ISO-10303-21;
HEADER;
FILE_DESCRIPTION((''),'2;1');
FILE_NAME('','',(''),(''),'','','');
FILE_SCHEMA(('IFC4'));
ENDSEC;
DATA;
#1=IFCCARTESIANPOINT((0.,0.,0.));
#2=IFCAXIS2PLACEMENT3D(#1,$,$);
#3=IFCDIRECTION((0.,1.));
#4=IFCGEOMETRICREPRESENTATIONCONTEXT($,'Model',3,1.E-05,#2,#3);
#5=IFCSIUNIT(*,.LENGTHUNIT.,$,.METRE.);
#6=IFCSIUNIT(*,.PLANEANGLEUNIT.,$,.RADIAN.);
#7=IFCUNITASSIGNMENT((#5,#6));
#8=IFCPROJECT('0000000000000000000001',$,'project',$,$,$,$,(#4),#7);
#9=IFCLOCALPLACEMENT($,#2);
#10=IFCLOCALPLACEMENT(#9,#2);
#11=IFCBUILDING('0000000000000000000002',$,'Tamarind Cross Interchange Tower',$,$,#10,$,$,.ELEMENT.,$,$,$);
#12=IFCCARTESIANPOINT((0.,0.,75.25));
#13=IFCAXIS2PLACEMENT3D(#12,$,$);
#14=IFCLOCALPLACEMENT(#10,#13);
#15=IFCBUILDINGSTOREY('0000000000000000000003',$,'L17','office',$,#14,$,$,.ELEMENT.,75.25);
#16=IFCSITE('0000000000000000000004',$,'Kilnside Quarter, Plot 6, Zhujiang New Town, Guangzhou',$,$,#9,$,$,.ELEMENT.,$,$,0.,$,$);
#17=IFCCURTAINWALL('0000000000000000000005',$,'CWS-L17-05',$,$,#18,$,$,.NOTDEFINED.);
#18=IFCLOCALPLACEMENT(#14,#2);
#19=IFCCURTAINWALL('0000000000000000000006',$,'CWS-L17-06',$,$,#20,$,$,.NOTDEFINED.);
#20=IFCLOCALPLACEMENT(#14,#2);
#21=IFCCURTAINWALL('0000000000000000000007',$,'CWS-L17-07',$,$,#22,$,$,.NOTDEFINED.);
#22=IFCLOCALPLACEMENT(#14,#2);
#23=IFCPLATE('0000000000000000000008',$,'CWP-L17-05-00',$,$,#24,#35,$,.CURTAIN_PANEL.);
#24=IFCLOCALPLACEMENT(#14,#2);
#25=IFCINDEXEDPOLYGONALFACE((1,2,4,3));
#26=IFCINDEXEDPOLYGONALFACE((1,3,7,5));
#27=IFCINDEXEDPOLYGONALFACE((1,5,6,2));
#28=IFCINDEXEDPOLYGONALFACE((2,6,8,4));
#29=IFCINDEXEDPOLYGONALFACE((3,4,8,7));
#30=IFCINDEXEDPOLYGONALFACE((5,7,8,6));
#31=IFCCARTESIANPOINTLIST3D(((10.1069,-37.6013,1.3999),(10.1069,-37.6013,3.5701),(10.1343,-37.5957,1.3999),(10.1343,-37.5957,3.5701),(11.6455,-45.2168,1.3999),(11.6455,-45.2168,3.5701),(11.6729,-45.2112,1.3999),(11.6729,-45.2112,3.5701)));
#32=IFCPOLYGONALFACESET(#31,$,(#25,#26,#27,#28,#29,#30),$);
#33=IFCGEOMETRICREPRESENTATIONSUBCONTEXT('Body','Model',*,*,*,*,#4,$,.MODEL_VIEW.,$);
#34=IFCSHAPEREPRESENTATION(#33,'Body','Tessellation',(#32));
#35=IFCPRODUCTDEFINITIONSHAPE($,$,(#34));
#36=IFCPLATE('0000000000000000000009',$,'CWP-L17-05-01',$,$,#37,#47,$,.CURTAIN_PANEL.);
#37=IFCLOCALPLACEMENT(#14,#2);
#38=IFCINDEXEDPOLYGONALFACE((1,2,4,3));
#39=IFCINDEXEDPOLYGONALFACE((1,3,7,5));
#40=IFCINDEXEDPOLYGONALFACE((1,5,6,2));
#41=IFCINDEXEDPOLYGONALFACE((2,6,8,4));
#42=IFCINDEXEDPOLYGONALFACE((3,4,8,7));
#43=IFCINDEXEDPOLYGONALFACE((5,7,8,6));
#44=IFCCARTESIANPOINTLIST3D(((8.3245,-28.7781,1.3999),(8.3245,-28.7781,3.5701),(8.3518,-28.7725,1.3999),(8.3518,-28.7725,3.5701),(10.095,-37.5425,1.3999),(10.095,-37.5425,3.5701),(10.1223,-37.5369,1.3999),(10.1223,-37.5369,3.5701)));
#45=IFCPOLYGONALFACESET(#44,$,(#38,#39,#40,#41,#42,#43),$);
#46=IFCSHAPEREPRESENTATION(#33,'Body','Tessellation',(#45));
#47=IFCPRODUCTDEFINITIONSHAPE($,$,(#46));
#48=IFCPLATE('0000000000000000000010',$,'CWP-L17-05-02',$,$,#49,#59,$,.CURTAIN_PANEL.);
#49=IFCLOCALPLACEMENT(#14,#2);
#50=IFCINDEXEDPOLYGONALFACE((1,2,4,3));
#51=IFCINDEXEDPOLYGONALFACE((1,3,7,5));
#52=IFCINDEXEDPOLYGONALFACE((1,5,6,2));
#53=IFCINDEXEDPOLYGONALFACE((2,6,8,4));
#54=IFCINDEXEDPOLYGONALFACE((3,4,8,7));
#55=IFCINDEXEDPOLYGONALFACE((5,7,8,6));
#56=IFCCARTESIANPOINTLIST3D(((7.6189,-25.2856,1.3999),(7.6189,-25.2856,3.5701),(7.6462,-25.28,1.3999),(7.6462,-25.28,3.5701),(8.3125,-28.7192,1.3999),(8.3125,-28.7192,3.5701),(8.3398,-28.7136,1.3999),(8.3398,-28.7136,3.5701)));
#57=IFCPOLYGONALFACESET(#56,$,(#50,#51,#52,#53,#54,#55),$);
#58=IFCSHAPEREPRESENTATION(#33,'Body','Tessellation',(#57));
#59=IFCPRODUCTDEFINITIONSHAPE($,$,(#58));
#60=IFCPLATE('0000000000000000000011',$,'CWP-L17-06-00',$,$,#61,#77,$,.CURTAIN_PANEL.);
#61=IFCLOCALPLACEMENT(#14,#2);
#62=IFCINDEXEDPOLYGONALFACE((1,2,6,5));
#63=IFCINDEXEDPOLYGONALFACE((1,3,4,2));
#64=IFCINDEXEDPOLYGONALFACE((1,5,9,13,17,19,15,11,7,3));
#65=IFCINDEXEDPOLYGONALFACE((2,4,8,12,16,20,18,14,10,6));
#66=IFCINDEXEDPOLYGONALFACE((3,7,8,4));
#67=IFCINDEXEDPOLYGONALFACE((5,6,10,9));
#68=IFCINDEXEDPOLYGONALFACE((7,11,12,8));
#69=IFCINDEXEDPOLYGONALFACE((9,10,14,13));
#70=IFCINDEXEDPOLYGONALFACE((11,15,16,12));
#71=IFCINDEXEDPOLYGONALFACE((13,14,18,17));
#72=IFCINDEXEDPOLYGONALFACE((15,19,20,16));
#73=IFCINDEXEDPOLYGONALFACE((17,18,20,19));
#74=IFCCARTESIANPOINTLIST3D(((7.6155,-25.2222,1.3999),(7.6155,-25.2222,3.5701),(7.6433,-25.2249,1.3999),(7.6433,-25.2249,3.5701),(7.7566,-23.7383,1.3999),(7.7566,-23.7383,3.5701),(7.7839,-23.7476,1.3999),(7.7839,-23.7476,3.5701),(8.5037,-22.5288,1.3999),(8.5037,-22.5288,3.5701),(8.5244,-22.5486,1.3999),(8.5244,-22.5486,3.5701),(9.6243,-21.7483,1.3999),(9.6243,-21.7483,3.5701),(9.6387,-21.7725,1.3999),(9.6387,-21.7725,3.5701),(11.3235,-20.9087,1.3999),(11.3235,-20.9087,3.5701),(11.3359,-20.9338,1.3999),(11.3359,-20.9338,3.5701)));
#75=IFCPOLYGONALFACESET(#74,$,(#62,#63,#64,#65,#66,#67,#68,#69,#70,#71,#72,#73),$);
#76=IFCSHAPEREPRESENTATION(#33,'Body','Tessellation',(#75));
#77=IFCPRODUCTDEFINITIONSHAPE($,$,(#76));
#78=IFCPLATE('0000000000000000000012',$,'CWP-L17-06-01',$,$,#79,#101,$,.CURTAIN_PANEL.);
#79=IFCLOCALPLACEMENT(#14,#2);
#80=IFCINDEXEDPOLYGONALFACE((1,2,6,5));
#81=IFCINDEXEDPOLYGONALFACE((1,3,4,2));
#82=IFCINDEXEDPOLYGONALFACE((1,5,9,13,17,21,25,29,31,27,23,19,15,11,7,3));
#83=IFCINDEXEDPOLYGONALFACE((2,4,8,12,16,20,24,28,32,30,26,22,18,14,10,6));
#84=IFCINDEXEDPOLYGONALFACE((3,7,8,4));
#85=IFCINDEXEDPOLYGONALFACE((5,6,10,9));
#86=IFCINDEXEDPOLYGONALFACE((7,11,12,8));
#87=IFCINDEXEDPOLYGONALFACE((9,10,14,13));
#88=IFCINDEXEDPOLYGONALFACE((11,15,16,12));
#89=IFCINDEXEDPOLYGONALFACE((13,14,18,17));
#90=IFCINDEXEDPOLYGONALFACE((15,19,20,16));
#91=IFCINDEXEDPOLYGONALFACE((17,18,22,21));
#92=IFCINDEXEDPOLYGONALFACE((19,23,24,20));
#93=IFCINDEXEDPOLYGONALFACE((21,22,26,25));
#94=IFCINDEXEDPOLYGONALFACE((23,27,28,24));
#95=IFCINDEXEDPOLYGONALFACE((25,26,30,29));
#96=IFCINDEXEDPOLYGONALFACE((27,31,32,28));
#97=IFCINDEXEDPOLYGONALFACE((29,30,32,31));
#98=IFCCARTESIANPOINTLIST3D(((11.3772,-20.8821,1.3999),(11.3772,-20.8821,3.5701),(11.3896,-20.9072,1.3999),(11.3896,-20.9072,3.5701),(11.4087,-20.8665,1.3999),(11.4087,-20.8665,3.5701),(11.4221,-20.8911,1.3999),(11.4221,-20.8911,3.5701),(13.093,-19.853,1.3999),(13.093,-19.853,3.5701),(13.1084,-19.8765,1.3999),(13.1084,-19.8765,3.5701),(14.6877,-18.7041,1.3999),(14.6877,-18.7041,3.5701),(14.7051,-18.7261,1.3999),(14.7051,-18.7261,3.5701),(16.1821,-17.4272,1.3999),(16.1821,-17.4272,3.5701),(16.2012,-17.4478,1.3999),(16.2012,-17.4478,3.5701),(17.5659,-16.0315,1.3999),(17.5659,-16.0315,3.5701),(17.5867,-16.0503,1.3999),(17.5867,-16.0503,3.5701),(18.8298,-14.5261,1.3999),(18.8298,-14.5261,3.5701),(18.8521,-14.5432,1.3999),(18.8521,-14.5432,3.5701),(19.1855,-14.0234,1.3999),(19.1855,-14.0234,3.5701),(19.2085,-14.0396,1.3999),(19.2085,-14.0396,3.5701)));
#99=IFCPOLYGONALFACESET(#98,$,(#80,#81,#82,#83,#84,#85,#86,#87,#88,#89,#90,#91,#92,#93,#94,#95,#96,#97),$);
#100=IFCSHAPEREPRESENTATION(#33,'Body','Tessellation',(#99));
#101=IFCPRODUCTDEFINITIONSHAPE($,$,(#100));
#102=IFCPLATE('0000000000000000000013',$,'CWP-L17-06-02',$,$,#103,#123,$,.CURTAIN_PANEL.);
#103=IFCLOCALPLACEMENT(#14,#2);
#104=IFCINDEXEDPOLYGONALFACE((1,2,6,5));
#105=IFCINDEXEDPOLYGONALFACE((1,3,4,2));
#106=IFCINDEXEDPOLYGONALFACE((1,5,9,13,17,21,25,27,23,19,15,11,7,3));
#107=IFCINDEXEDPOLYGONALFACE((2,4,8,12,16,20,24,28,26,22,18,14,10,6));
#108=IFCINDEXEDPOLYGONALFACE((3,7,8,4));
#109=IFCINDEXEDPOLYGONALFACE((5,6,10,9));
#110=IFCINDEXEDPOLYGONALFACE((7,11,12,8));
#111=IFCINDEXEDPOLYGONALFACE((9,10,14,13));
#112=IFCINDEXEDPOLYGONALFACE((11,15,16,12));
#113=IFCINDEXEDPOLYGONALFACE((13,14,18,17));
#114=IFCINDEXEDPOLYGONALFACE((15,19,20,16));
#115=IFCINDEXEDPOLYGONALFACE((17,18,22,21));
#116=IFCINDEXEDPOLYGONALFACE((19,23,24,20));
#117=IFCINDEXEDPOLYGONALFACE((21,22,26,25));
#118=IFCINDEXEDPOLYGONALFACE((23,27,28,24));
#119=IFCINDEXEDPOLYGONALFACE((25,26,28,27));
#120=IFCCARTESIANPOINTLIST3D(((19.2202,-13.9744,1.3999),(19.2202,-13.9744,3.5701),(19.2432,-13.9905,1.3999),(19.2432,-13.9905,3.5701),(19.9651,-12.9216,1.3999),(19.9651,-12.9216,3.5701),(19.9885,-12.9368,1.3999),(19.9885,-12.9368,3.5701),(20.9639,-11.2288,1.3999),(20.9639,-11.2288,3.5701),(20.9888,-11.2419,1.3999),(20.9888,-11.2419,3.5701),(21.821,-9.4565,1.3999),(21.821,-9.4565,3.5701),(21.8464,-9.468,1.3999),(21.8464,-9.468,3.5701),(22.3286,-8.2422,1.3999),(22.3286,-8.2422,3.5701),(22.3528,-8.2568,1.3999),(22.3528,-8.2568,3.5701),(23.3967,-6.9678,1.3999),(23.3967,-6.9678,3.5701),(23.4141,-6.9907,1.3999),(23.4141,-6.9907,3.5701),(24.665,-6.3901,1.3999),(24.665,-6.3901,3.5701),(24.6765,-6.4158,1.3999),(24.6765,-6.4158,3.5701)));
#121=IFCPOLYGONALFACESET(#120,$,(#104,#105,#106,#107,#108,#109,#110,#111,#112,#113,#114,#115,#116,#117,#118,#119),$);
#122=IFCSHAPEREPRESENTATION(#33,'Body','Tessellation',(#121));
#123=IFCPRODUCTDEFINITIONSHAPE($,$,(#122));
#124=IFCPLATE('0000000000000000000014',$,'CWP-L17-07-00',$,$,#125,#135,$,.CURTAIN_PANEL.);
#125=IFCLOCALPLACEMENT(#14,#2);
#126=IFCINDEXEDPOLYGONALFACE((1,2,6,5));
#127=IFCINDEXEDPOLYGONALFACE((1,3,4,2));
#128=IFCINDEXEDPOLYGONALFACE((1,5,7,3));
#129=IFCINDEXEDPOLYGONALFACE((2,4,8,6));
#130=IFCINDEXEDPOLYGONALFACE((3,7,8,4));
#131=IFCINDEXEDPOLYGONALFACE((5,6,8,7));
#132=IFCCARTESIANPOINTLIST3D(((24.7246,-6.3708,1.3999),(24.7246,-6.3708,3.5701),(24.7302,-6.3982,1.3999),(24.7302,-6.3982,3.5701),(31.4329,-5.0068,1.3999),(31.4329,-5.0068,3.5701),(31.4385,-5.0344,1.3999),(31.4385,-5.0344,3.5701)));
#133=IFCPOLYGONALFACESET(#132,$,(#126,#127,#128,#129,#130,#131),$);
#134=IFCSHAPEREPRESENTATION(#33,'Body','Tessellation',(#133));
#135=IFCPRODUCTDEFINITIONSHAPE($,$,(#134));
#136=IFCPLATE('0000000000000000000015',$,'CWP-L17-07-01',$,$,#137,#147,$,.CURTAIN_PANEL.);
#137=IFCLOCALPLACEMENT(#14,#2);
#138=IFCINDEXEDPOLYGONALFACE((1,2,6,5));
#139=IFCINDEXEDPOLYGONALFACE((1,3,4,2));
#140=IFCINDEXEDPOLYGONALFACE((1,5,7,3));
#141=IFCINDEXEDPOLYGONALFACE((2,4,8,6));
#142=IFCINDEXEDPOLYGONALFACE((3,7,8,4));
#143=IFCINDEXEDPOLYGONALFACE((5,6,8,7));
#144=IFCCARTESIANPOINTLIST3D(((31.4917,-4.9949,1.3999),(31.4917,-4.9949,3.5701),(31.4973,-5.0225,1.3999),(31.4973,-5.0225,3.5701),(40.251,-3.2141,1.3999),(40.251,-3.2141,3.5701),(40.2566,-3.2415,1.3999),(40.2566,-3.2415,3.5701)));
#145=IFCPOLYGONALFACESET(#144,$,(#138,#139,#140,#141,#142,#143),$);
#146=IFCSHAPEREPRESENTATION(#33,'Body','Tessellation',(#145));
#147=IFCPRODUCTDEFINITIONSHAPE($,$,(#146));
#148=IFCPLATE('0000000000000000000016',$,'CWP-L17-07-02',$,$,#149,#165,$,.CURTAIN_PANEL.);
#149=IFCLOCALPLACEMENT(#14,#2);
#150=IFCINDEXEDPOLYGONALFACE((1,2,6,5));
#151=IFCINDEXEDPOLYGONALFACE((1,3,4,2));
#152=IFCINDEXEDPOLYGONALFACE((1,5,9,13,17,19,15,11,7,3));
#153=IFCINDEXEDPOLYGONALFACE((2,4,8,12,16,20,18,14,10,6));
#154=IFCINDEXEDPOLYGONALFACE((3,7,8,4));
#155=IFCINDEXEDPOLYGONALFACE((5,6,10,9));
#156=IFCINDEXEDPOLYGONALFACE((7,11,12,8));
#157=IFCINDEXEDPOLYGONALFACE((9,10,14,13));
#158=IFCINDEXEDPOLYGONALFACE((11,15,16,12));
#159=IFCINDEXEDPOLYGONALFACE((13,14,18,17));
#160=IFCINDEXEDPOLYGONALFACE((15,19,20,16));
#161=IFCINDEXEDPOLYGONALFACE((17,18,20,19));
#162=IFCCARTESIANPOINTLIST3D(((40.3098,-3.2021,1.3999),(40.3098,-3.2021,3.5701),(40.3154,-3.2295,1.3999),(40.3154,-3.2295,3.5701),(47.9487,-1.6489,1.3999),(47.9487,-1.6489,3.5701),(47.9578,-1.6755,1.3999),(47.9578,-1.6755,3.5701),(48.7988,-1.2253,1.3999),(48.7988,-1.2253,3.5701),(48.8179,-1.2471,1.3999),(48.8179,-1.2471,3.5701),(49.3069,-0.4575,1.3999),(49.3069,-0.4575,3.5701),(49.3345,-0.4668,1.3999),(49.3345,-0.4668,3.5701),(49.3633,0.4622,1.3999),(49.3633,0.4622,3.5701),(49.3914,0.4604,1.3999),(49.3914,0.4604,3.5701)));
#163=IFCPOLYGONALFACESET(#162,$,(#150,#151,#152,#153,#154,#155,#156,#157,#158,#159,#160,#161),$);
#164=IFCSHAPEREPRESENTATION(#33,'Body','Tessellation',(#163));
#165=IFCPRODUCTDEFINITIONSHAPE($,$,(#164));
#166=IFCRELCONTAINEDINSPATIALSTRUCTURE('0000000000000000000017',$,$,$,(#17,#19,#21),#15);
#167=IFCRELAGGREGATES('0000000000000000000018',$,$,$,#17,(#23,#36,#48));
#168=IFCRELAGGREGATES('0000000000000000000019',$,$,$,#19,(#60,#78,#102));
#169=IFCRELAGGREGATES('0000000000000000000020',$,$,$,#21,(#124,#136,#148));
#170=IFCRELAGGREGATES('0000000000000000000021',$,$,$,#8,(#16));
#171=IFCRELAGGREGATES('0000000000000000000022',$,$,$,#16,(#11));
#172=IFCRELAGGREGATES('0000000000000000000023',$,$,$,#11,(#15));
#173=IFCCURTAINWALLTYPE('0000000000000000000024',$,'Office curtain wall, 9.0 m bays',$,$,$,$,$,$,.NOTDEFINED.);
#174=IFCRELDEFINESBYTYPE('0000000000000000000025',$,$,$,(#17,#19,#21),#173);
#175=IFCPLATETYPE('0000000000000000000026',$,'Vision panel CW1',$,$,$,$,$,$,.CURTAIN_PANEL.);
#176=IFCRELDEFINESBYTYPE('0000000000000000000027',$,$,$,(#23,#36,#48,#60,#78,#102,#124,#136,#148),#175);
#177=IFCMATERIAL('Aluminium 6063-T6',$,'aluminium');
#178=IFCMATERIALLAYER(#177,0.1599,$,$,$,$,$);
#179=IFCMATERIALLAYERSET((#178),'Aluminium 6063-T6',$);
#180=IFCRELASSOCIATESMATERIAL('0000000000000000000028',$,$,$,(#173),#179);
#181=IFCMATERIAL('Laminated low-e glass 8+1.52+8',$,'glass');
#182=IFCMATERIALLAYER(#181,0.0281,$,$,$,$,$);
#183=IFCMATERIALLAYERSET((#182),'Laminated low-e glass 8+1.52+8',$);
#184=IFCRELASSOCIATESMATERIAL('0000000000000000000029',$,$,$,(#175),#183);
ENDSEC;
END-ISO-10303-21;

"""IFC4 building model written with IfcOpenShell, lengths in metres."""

from ifc_helpers import new_model, si_unit, direction, frame, origin, place, context, subcontext, project, spatial, polyline, outline, extrude, material, layer, layer_set, type_object, element, aggregate, save


model = new_model("IFC4")

# Units and contexts
model_context = context("Model", 3, precision=1e-05, world=origin(), true_north=direction((0.0, 1.0)))
body_context = subcontext(model_context, "Body", "Model", "MODEL_VIEW")
ifc_project = project(units=[si_unit("LENGTHUNIT", "METRE"), si_unit("PLANEANGLEUNIT", "RADIAN")], contexts=[model_context])

# Site, building, storey
site_placement = place(None, origin())
site = spatial("IfcSite", under=ifc_project, at=site_placement, Name="Kilnside Quarter, Plot 6, Zhujiang New Town, Guangzhou", CompositionType="ELEMENT", RefElevation=0.0)
building_placement = place(site_placement, origin())
building = spatial("IfcBuilding", under=site, at=building_placement, Name="Tamarind Cross Interchange Tower", CompositionType="ELEMENT")
storey_placement = place(building_placement, frame((0.0, 0.0, 75.25)))
storey = spatial("IfcBuildingStorey", under=building, at=storey_placement, Name="L17", Description="office", CompositionType="ELEMENT", Elevation=75.25)

# Curtain walls
ifc_material_1 = material(Name="Aluminium 6063-T6", Category="aluminium")
ifc_layer_1 = layer(ifc_material_1, 0.1599)
ifc_layer_set_1 = layer_set([ifc_layer_1], Name="Aluminium 6063-T6")
curtain_wall_type = type_object("IfcCurtainWallType", Name="Office curtain wall, 9.0 m bays", PredefinedType="NOTDEFINED", material=ifc_layer_set_1)
curtain_wall_1_placement = place(storey_placement, origin())
curtain_wall_1 = element("IfcCurtainWall", 1, at=curtain_wall_1_placement, inside=storey, type_object=curtain_wall_type, Name="CWS-L17-05", PredefinedType="NOTDEFINED")
curtain_wall_2_placement = place(storey_placement, origin())
curtain_wall_2 = element("IfcCurtainWall", 2, at=curtain_wall_2_placement, inside=storey, type_object=curtain_wall_type, Name="CWS-L17-06", PredefinedType="NOTDEFINED")
curtain_wall_3_placement = place(storey_placement, origin())
curtain_wall_3 = element("IfcCurtainWall", 3, at=curtain_wall_3_placement, inside=storey, type_object=curtain_wall_type, Name="CWS-L17-07", PredefinedType="NOTDEFINED")

# Plates
ifc_material_2 = material(Name="Laminated low-e glass 8+1.52+8", Category="glass")
ifc_layer_2 = layer(ifc_material_2, 0.0281)
ifc_layer_set_2 = layer_set([ifc_layer_2], Name="Laminated low-e glass 8+1.52+8")
plate_type = type_object("IfcPlateType", Name="Vision panel CW1", PredefinedType="CURTAIN_PANEL", material=ifc_layer_set_2)
plate_1_placement = place(storey_placement, frame((0.0, 0.0, 1.3999)))
plate_1 = element("IfcPlate", 4, at=plate_1_placement, type_object=plate_type, Name="CWP-L17-05-00", PredefinedType="CURTAIN_PANEL", context=body_context, shape_type="SweptSolid", body=[
    extrude(outline(polyline([(11.6455, -45.2168), (10.1069, -37.6013), (10.1343, -37.5957), (11.6729, -45.2112), (11.6455, -45.2168)])), origin(), (0.0, 0.0, 1.0), 2.1702),
])
plate_2_placement = place(storey_placement, frame((0.0, 0.0, 1.3999)))
plate_2 = element("IfcPlate", 5, at=plate_2_placement, type_object=plate_type, Name="CWP-L17-05-01", PredefinedType="CURTAIN_PANEL", context=body_context, shape_type="SweptSolid", body=[
    extrude(outline(polyline([(10.095, -37.5425), (8.3245, -28.7781), (8.3518, -28.7725), (10.1223, -37.5369), (10.095, -37.5425)])), origin(), (0.0, 0.0, 1.0), 2.1702),
])
plate_3_placement = place(storey_placement, frame((0.0, 0.0, 1.3999)))
plate_3 = element("IfcPlate", 6, at=plate_3_placement, type_object=plate_type, Name="CWP-L17-05-02", PredefinedType="CURTAIN_PANEL", context=body_context, shape_type="SweptSolid", body=[
    extrude(outline(polyline([(8.3125, -28.7192), (7.6189, -25.2856), (7.6462, -25.28), (8.3398, -28.7136), (8.3125, -28.7192)])), origin(), (0.0, 0.0, 1.0), 2.1702),
])
aggregate(curtain_wall_1, [plate_1, plate_2, plate_3])
plate_4_placement = place(storey_placement, frame((0.0, 0.0, 1.3999)))
plate_4 = element("IfcPlate", 7, at=plate_4_placement, type_object=plate_type, Name="CWP-L17-06-00", PredefinedType="CURTAIN_PANEL", context=body_context, shape_type="SweptSolid", body=[
    extrude(outline(polyline([(7.6155, -25.2222), (7.7566, -23.7383), (8.5037, -22.5288), (9.6243, -21.7483), (11.3235, -20.9087), (11.3359, -20.9338), (9.6387, -21.7725), (8.5244, -22.5486), (7.7839, -23.7476), (7.6433, -25.2249), (7.6155, -25.2222)])), origin(), (0.0, 0.0, 1.0), 2.1702),
])
plate_5_placement = place(storey_placement, frame((0.0, 0.0, 1.3999)))
plate_5 = element("IfcPlate", 8, at=plate_5_placement, type_object=plate_type, Name="CWP-L17-06-01", PredefinedType="CURTAIN_PANEL", context=body_context, shape_type="SweptSolid", body=[
    extrude(outline(polyline([(11.3772, -20.8821), (11.4087, -20.8665), (13.093, -19.853), (14.6877, -18.7041), (16.1821, -17.4272), (17.5659, -16.0315), (18.8298, -14.5261), (19.1855, -14.0234), (19.2085, -14.0396), (18.8521, -14.5432), (17.5867, -16.0503), (16.2012, -17.4478), (14.7051, -18.7261), (13.1084, -19.8765), (11.4221, -20.8911), (11.3896, -20.9072), (11.3772, -20.8821)])), origin(), (0.0, 0.0, 1.0), 2.1702),
])
plate_6_placement = place(storey_placement, frame((0.0, 0.0, 1.3999)))
plate_6 = element("IfcPlate", 9, at=plate_6_placement, type_object=plate_type, Name="CWP-L17-06-02", PredefinedType="CURTAIN_PANEL", context=body_context, shape_type="SweptSolid", body=[
    extrude(outline(polyline([(19.2202, -13.9744), (19.9651, -12.9216), (20.9639, -11.2288), (21.821, -9.4565), (22.3286, -8.2422), (23.3967, -6.9678), (24.665, -6.3901), (24.6765, -6.4158), (23.4141, -6.9907), (22.3528, -8.2568), (21.8464, -9.468), (20.9888, -11.2419), (19.9885, -12.9368), (19.2432, -13.9905), (19.2202, -13.9744)])), origin(), (0.0, 0.0, 1.0), 2.1702),
])
aggregate(curtain_wall_2, [plate_4, plate_5, plate_6])
plate_7_placement = place(storey_placement, frame((0.0, 0.0, 1.3999)))
plate_7 = element("IfcPlate", 10, at=plate_7_placement, type_object=plate_type, Name="CWP-L17-07-00", PredefinedType="CURTAIN_PANEL", context=body_context, shape_type="SweptSolid", body=[
    extrude(outline(polyline([(24.7246, -6.3708), (31.4329, -5.0068), (31.4385, -5.0344), (24.7302, -6.3982), (24.7246, -6.3708)])), origin(), (0.0, 0.0, 1.0), 2.1702),
])
plate_8_placement = place(storey_placement, frame((0.0, 0.0, 1.3999)))
plate_8 = element("IfcPlate", 11, at=plate_8_placement, type_object=plate_type, Name="CWP-L17-07-01", PredefinedType="CURTAIN_PANEL", context=body_context, shape_type="SweptSolid", body=[
    extrude(outline(polyline([(31.4917, -4.9949), (40.251, -3.2141), (40.2566, -3.2415), (31.4973, -5.0225), (31.4917, -4.9949)])), origin(), (0.0, 0.0, 1.0), 2.1702),
])
plate_9_placement = place(storey_placement, frame((0.0, 0.0, 1.3999)))
plate_9 = element("IfcPlate", 12, at=plate_9_placement, type_object=plate_type, Name="CWP-L17-07-02", PredefinedType="CURTAIN_PANEL", context=body_context, shape_type="SweptSolid", body=[
    extrude(outline(polyline([(40.3098, -3.2021), (47.9487, -1.6489), (48.7988, -1.2253), (49.3069, -0.4575), (49.3633, 0.4622), (49.3914, 0.4604), (49.3345, -0.4668), (48.8179, -1.2471), (47.9578, -1.6755), (40.3154, -3.2295), (40.3098, -3.2021)])), origin(), (0.0, 0.0, 1.0), 2.1702),
])
aggregate(curtain_wall_3, [plate_7, plate_8, plate_9])

save(model, "model.ifc")
